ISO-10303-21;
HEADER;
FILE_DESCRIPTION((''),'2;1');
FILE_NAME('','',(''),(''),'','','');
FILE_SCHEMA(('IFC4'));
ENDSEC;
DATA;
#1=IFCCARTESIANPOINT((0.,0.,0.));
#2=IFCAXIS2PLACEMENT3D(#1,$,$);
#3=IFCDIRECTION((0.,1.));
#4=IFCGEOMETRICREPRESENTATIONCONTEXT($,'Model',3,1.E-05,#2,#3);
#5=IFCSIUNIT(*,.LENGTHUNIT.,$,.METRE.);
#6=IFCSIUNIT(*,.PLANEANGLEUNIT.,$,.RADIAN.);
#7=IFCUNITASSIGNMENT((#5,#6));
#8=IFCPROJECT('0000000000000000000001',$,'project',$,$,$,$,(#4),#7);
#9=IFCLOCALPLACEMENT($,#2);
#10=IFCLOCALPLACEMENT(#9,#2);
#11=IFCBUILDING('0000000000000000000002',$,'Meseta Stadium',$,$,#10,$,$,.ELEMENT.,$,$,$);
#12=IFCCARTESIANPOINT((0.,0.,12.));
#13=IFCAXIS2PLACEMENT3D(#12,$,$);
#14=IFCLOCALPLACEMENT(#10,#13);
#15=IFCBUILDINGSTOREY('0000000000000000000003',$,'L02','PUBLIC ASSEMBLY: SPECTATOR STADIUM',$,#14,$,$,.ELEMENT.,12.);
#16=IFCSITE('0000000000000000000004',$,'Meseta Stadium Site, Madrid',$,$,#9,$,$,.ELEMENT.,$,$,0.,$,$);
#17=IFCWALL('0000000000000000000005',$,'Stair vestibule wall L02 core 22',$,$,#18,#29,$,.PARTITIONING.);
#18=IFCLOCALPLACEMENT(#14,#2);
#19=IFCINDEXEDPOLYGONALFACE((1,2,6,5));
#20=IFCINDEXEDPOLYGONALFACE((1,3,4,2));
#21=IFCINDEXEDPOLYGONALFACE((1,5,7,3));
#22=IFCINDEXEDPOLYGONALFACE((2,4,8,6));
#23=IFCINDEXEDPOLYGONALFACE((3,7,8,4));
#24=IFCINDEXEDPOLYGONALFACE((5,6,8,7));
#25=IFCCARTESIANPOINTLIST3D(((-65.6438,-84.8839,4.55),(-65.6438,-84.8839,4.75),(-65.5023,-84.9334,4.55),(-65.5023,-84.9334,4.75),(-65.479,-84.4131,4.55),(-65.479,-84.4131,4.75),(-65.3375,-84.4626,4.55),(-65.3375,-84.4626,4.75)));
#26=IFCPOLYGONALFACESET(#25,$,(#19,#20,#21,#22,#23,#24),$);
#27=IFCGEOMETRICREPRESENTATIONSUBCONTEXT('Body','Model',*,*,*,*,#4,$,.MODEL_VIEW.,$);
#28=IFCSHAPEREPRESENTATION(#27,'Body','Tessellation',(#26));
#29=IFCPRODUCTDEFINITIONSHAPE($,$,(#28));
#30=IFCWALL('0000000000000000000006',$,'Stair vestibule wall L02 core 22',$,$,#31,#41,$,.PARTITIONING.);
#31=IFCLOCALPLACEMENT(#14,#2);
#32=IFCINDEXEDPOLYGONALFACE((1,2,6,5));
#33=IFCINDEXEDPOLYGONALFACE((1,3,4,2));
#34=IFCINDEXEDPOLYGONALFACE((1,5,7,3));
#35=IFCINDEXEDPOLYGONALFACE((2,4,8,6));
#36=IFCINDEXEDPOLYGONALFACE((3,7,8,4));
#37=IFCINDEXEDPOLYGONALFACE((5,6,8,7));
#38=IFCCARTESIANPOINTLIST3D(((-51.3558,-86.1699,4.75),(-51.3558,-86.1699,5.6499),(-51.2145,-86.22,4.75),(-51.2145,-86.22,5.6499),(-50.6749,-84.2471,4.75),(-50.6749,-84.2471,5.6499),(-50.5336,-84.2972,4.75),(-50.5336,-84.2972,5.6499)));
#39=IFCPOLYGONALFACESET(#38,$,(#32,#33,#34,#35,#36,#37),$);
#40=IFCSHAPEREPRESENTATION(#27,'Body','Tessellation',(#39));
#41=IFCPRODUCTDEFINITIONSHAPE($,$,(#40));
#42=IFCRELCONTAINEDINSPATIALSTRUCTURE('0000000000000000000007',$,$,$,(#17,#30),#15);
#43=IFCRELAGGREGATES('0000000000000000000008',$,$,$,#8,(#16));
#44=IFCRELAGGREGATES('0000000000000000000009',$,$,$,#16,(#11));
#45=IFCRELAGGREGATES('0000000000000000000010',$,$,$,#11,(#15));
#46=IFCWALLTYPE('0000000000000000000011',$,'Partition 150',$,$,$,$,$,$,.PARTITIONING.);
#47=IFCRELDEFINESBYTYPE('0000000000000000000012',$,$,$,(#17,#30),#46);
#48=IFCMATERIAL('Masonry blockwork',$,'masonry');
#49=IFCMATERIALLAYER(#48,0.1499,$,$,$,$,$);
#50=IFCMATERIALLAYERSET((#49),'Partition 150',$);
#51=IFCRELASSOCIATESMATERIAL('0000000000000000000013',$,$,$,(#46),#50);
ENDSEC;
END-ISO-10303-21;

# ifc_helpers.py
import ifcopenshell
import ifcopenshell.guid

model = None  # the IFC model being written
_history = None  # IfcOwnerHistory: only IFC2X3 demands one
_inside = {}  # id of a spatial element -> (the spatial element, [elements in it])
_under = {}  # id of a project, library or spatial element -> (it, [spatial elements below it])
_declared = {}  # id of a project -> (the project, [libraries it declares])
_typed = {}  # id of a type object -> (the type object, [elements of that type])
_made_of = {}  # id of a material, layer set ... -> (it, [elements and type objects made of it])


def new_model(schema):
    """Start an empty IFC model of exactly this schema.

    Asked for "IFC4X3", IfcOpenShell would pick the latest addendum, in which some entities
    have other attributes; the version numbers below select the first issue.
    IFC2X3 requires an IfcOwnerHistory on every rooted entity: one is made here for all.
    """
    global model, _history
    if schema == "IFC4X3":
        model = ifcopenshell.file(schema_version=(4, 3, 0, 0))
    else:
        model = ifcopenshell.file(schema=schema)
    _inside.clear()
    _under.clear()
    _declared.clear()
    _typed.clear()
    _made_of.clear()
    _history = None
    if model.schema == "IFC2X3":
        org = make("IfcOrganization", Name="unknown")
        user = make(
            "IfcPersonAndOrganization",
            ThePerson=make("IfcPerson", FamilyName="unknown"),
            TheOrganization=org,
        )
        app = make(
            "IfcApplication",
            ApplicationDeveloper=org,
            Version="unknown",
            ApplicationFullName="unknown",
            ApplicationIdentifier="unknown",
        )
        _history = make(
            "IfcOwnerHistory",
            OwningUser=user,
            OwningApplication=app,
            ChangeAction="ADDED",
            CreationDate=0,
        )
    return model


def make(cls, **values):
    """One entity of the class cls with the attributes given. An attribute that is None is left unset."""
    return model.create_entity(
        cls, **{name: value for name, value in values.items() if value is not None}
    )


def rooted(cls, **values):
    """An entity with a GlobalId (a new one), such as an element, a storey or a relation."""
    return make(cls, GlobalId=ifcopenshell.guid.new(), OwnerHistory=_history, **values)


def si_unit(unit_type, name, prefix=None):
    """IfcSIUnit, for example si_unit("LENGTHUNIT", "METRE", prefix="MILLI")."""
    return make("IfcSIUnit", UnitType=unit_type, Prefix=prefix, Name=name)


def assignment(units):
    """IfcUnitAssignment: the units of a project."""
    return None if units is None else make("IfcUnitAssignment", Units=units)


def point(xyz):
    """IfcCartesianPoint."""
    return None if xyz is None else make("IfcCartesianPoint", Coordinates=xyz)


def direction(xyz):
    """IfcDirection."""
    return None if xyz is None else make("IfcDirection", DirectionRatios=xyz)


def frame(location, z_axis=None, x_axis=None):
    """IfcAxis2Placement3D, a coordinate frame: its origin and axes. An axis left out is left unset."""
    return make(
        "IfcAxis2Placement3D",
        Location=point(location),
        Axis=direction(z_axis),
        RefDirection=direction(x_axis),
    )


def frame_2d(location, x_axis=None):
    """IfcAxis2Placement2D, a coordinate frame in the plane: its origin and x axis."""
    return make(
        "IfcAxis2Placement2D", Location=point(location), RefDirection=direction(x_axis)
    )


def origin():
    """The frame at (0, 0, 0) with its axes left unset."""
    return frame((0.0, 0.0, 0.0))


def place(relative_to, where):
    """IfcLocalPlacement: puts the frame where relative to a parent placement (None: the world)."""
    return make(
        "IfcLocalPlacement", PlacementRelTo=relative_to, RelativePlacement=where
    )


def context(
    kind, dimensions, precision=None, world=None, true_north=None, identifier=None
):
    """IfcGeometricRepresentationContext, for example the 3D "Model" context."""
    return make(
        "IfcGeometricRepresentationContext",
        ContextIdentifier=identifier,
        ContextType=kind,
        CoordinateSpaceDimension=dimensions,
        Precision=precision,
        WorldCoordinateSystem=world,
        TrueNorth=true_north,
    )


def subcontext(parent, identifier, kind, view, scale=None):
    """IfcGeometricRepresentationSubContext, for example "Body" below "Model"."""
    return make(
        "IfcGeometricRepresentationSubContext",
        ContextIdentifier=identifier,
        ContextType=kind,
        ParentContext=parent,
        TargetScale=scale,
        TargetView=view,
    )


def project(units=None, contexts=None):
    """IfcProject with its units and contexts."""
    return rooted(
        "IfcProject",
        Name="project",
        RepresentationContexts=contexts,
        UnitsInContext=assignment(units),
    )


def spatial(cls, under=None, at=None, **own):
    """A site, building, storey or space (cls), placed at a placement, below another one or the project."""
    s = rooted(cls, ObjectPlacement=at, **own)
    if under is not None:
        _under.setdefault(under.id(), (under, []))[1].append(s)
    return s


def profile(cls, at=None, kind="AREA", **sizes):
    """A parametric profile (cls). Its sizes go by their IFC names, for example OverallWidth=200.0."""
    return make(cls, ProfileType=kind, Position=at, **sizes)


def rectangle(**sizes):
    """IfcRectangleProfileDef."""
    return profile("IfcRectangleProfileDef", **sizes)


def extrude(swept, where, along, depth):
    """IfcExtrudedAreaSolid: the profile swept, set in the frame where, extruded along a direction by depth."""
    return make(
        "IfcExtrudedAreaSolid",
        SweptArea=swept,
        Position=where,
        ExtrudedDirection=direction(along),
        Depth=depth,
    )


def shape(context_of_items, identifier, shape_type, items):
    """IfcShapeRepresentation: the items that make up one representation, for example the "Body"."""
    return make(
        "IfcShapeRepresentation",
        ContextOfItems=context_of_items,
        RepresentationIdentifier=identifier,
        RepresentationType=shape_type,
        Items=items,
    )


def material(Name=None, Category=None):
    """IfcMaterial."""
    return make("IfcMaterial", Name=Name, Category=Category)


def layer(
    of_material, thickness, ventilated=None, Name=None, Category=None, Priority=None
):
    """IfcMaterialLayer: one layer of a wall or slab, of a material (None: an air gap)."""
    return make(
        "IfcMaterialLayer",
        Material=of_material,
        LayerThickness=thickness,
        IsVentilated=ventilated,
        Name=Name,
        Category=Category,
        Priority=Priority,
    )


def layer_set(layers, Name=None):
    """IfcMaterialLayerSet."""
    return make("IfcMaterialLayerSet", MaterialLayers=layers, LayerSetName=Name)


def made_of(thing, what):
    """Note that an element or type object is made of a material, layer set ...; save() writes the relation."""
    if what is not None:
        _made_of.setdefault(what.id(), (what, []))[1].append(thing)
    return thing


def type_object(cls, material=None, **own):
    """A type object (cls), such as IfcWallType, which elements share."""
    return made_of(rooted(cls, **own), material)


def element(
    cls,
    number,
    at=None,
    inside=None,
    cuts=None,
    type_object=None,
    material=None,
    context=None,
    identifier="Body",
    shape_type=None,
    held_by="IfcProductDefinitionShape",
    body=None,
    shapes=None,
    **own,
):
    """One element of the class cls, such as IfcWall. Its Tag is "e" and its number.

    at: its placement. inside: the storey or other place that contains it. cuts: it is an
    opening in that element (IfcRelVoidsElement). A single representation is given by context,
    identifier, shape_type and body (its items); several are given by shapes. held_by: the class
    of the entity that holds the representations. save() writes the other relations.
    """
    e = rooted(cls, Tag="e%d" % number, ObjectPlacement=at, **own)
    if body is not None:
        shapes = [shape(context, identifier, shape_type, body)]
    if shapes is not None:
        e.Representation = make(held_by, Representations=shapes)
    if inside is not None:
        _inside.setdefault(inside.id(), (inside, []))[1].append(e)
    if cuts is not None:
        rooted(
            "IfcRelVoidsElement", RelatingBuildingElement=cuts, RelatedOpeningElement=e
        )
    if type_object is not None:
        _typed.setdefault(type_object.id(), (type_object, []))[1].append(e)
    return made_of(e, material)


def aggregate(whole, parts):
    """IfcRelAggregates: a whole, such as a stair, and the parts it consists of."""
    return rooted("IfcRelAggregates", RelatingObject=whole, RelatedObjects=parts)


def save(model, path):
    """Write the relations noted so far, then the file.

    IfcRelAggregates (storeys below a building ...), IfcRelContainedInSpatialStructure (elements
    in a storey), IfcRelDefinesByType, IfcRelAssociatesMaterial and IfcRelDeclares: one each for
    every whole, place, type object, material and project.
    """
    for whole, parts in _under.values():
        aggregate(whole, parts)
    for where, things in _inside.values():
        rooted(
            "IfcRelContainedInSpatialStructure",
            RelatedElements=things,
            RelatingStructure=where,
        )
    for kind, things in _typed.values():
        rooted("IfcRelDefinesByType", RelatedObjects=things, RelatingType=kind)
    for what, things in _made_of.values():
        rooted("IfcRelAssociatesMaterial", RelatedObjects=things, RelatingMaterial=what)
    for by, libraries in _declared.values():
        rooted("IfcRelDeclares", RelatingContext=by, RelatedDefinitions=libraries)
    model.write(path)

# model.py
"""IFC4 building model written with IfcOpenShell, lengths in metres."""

from ifc_helpers import new_model, si_unit, direction, frame, frame_2d, origin, place, context, subcontext, project, spatial, rectangle, extrude, material, layer, layer_set, type_object, element, save


model = new_model("IFC4")

# Units and contexts
model_context = context("Model", 3, precision=1e-05, world=origin(), true_north=direction((0.0, 1.0)))
body_context = subcontext(model_context, "Body", "Model", "MODEL_VIEW")
ifc_project = project(units=[si_unit("LENGTHUNIT", "METRE"), si_unit("PLANEANGLEUNIT", "RADIAN")], contexts=[model_context])

# Site, building, storey
site_placement = place(None, origin())
site = spatial("IfcSite", under=ifc_project, at=site_placement, Name="Meseta Stadium Site, Madrid", CompositionType="ELEMENT", RefElevation=0.0)
building_placement = place(site_placement, origin())
building = spatial("IfcBuilding", under=site, at=building_placement, Name="Meseta Stadium", CompositionType="ELEMENT")
storey_placement = place(building_placement, frame((0.0, 0.0, 12.0)))
storey = spatial("IfcBuildingStorey", under=building, at=storey_placement, Name="L02", Description="PUBLIC ASSEMBLY: SPECTATOR STADIUM", CompositionType="ELEMENT", Elevation=12.0)

# Shared definitions
ifc_material_1 = material(Name="Masonry blockwork", Category="masonry")
ifc_layer_1 = layer(ifc_material_1, 0.1499)
ifc_layer_set_1 = layer_set([ifc_layer_1], Name="Partition 150")
wall_type_1 = type_object("IfcWallType", Name="Partition 150", PredefinedType="PARTITIONING", material=ifc_layer_set_1)

# Walls
wall_1_placement = place(storey_placement, frame((-65.4082, -84.4377, 4.55), z_axis=(0.0, 0.0, 1.0), x_axis=(-0.330438, -0.943828, 0.0)))
element("IfcWall", 1, at=wall_1_placement, inside=storey, type_object=wall_type_1, Name="Stair vestibule wall L02 core 22", PredefinedType="PARTITIONING", context=body_context, shape_type="SweptSolid", body=[
    extrude(rectangle(XDim=0.4988, YDim=0.1499, at=frame_2d((0.2495, 0.0))), origin(), (0.0, 0.0, 1.0), 0.2),
])
wall_2_placement = place(storey_placement, frame((-51.2852, -86.1951, 4.75), z_axis=(0.0, 0.0, 1.0), x_axis=(0.333803, 0.942643, 0.0)))
element("IfcWall", 2, at=wall_2_placement, inside=storey, type_object=wall_type_1, Name="Stair vestibule wall L02 core 22", PredefinedType="PARTITIONING", context=body_context, shape_type="SweptSolid", body=[
    extrude(rectangle(XDim=2.0398, YDim=0.1499, at=frame_2d((1.02, 0.0))), origin(), (0.0, 0.0, 1.0), 0.8999),
])

save(model, "model.ifc")
